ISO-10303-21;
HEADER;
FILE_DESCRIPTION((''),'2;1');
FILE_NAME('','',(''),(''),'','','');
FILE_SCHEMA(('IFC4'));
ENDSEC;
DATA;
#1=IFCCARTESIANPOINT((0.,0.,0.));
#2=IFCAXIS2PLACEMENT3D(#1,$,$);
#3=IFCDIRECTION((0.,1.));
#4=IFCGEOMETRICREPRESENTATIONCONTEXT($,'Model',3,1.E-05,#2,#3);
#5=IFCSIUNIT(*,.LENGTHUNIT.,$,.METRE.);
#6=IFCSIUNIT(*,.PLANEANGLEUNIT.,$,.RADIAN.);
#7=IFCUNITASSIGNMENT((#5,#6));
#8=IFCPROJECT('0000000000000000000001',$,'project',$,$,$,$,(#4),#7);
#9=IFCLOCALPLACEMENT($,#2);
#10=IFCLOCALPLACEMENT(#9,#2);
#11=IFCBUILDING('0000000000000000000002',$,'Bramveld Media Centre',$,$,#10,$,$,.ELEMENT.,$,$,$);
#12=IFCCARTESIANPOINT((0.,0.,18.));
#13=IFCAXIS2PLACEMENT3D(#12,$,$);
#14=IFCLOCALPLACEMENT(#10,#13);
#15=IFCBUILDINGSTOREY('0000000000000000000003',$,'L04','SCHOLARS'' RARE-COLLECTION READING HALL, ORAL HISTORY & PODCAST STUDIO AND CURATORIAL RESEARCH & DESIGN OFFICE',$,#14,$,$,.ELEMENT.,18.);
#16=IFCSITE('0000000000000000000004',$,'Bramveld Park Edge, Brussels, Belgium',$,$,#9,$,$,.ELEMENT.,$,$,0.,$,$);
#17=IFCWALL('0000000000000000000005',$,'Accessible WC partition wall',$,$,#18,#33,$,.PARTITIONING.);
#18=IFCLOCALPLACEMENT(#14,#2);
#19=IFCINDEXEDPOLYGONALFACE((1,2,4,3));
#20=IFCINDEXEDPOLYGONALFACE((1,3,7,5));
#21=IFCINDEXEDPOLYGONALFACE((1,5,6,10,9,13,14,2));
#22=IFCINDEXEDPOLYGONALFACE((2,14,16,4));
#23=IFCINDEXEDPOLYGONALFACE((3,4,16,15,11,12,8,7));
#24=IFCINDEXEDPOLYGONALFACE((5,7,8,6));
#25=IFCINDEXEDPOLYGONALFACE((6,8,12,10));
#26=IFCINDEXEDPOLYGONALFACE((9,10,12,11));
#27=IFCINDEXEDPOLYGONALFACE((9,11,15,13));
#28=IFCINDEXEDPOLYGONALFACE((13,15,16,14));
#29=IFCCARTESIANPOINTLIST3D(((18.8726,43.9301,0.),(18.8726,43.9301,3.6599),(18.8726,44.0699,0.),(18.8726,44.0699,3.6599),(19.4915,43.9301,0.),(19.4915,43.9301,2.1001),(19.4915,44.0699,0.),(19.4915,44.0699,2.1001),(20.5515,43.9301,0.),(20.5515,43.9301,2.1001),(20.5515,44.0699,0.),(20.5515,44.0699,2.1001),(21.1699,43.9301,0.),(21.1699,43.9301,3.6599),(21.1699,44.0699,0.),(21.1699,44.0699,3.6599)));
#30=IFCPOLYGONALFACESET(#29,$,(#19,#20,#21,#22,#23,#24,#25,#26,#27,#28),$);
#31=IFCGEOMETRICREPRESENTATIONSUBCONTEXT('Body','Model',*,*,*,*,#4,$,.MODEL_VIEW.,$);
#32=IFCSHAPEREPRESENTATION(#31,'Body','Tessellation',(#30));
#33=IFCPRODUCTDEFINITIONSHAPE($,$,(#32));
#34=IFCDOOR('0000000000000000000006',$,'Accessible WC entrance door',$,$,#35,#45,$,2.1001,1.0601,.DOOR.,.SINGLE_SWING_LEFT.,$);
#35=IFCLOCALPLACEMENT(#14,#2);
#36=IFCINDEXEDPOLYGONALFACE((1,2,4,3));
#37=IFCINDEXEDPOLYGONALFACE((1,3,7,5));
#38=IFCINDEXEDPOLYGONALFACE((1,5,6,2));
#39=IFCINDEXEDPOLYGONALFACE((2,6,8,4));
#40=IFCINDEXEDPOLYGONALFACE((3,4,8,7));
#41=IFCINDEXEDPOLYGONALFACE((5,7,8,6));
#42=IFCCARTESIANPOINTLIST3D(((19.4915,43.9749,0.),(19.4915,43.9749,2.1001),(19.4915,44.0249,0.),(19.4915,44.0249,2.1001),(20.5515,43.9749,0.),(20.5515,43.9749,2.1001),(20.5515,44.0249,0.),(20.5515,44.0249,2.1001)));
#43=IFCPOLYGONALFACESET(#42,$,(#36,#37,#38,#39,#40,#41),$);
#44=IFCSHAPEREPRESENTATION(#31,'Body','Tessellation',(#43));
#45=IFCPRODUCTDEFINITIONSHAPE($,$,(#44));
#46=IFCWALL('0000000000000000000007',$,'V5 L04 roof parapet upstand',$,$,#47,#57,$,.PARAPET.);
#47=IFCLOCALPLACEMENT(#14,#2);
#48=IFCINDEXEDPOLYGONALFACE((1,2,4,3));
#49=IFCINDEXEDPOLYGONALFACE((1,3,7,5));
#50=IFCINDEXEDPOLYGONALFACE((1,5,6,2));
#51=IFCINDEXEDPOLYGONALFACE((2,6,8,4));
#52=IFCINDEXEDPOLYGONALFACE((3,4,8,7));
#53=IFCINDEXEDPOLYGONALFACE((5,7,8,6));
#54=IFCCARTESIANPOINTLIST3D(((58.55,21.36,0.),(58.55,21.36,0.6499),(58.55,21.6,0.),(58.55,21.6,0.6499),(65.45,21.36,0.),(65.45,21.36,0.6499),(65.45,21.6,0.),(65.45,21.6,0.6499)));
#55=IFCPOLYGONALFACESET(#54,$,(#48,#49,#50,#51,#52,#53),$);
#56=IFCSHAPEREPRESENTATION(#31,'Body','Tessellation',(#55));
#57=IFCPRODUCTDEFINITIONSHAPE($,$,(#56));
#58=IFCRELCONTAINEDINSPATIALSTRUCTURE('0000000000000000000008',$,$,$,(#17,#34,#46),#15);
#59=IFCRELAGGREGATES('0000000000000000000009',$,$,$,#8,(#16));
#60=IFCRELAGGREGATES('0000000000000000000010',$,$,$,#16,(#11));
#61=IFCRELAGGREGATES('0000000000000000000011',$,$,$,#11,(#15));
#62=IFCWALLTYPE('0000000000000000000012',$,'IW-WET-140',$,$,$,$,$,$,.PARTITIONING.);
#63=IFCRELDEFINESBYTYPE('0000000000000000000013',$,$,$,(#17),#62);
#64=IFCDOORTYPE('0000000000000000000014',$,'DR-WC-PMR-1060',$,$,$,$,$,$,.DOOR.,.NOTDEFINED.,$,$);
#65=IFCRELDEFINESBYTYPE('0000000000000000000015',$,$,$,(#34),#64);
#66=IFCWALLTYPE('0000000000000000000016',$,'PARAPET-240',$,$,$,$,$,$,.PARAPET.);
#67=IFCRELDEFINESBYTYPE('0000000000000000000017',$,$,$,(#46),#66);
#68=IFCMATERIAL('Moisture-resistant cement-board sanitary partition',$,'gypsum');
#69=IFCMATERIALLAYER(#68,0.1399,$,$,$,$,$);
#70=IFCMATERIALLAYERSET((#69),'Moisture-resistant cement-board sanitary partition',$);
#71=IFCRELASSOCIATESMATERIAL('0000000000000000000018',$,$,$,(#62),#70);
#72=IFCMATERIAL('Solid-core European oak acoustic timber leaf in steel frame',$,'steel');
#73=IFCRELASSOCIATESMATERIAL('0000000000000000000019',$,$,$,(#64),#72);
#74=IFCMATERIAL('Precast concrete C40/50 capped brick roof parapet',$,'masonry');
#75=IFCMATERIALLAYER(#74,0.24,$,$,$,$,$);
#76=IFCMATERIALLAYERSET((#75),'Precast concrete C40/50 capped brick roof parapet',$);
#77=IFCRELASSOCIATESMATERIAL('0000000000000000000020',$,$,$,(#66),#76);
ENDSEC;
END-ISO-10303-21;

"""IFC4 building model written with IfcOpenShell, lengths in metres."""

from ifc_helpers import new_model, si_unit, direction, frame, frame_2d, origin, place, context, subcontext, project, spatial, rectangle, extrude, material, layer, layer_set, type_object, element, fill, save


model = new_model("IFC4")

# Units and contexts
model_context = context("Model", 3, precision=1e-05, world=origin(), true_north=direction((0.0, 1.0)))
body_context = subcontext(model_context, "Body", "Model", "MODEL_VIEW")
ifc_project = project(units=[si_unit("LENGTHUNIT", "METRE"), si_unit("PLANEANGLEUNIT", "RADIAN")], contexts=[model_context])

# Site, building, storey
site_placement = place(None, origin())
site = spatial("IfcSite", under=ifc_project, at=site_placement, Name="Bramveld Park Edge, Brussels, Belgium", CompositionType="ELEMENT", RefElevation=0.0)
building_placement = place(site_placement, origin())
building = spatial("IfcBuilding", under=site, at=building_placement, Name="Bramveld Media Centre", CompositionType="ELEMENT")
storey_placement = place(building_placement, frame((0.0, 0.0, 18.0)))
storey = spatial("IfcBuildingStorey", under=building, at=storey_placement, Name="L04", Description="SCHOLARS' RARE-COLLECTION READING HALL, ORAL HISTORY & PODCAST STUDIO AND CURATORIAL RESEARCH & DESIGN OFFICE", CompositionType="ELEMENT", Elevation=18.0)

# Wall, opening, door
ifc_material_1 = material(Name="Moisture-resistant cement-board sanitary partition", Category="gypsum")
ifc_layer_1 = layer(ifc_material_1, 0.1399)
ifc_layer_set_1 = layer_set([ifc_layer_1], Name="Moisture-resistant cement-board sanitary partition")
wall_type_1 = type_object("IfcWallType", Name="IW-WET-140", PredefinedType="PARTITIONING", material=ifc_layer_set_1)
wall_1_placement = place(storey_placement, frame((18.8726, 44.0, 0.0), z_axis=(0.0, 0.0, 1.0), x_axis=(1.0, 0.0, 0.0)))
wall_1 = element("IfcWall", 1, at=wall_1_placement, inside=storey, type_object=wall_type_1, Name="Accessible WC partition wall", PredefinedType="PARTITIONING", context=body_context, shape_type="SweptSolid", body=[
    extrude(rectangle(XDim=2.2974, YDim=0.1399, at=frame_2d((1.1487, 0.0))), origin(), (0.0, 0.0, 1.0), 3.6599),
])
opening_1_placement = place(wall_1_placement, frame((0.6189, 0.0, 0.0)))
opening_1 = element("IfcOpeningElement", 2, at=opening_1_placement, cuts=wall_1, PredefinedType="OPENING", context=body_context, shape_type="SweptSolid", body=[
    extrude(rectangle(XDim=1.0601, YDim=2.1001, at=frame_2d((0.53, 1.05))), frame((0.0, 0.082, 0.0), z_axis=(0.0, -1.0, 0.0), x_axis=(1.0, 0.0, 0.0)), (0.0, 0.0, 1.0), 0.1638),
])
ifc_material_2 = material(Name="Solid-core European oak acoustic timber leaf in steel frame", Category="steel")
door_type_1 = type_object("IfcDoorType", Name="DR-WC-PMR-1060", OperationType="NOTDEFINED", PredefinedType="DOOR", material=ifc_material_2)
door_1_placement = place(opening_1_placement, origin())
door_1 = element("IfcDoor", 3, at=door_1_placement, inside=storey, type_object=door_type_1, Name="Accessible WC entrance door", OperationType="SINGLE_SWING_LEFT", OverallHeight=2.1001, OverallWidth=1.0601, PredefinedType="DOOR", context=body_context, shape_type="SweptSolid", body=[
    extrude(rectangle(XDim=1.0601, YDim=2.1001, at=frame_2d((0.53, 1.05))), frame((0.0, 0.0249, 0.0), z_axis=(0.0, -1.0, 0.0), x_axis=(1.0, 0.0, 0.0)), (0.0, 0.0, 1.0), 0.05),
])
fill(opening_1, door_1)

# Wall
ifc_material_3 = material(Name="Precast concrete C40/50 capped brick roof parapet", Category="masonry")
ifc_layer_2 = layer(ifc_material_3, 0.24)
ifc_layer_set_2 = layer_set([ifc_layer_2], Name="Precast concrete C40/50 capped brick roof parapet")
wall_type_2 = type_object("IfcWallType", Name="PARAPET-240", PredefinedType="PARAPET", material=ifc_layer_set_2)
wall_2_placement = place(storey_placement, frame((58.55, 21.48, 0.0), z_axis=(0.0, 0.0, 1.0), x_axis=(1.0, 0.0, 0.0)))
element("IfcWall", 4, at=wall_2_placement, inside=storey, type_object=wall_type_2, Name="V5 L04 roof parapet upstand", PredefinedType="PARAPET", context=body_context, shape_type="SweptSolid", body=[
    extrude(rectangle(XDim=6.8999, YDim=0.24, at=frame_2d((3.45, 0.0))), origin(), (0.0, 0.0, 1.0), 0.6499),
])

save(model, "model.ifc")
